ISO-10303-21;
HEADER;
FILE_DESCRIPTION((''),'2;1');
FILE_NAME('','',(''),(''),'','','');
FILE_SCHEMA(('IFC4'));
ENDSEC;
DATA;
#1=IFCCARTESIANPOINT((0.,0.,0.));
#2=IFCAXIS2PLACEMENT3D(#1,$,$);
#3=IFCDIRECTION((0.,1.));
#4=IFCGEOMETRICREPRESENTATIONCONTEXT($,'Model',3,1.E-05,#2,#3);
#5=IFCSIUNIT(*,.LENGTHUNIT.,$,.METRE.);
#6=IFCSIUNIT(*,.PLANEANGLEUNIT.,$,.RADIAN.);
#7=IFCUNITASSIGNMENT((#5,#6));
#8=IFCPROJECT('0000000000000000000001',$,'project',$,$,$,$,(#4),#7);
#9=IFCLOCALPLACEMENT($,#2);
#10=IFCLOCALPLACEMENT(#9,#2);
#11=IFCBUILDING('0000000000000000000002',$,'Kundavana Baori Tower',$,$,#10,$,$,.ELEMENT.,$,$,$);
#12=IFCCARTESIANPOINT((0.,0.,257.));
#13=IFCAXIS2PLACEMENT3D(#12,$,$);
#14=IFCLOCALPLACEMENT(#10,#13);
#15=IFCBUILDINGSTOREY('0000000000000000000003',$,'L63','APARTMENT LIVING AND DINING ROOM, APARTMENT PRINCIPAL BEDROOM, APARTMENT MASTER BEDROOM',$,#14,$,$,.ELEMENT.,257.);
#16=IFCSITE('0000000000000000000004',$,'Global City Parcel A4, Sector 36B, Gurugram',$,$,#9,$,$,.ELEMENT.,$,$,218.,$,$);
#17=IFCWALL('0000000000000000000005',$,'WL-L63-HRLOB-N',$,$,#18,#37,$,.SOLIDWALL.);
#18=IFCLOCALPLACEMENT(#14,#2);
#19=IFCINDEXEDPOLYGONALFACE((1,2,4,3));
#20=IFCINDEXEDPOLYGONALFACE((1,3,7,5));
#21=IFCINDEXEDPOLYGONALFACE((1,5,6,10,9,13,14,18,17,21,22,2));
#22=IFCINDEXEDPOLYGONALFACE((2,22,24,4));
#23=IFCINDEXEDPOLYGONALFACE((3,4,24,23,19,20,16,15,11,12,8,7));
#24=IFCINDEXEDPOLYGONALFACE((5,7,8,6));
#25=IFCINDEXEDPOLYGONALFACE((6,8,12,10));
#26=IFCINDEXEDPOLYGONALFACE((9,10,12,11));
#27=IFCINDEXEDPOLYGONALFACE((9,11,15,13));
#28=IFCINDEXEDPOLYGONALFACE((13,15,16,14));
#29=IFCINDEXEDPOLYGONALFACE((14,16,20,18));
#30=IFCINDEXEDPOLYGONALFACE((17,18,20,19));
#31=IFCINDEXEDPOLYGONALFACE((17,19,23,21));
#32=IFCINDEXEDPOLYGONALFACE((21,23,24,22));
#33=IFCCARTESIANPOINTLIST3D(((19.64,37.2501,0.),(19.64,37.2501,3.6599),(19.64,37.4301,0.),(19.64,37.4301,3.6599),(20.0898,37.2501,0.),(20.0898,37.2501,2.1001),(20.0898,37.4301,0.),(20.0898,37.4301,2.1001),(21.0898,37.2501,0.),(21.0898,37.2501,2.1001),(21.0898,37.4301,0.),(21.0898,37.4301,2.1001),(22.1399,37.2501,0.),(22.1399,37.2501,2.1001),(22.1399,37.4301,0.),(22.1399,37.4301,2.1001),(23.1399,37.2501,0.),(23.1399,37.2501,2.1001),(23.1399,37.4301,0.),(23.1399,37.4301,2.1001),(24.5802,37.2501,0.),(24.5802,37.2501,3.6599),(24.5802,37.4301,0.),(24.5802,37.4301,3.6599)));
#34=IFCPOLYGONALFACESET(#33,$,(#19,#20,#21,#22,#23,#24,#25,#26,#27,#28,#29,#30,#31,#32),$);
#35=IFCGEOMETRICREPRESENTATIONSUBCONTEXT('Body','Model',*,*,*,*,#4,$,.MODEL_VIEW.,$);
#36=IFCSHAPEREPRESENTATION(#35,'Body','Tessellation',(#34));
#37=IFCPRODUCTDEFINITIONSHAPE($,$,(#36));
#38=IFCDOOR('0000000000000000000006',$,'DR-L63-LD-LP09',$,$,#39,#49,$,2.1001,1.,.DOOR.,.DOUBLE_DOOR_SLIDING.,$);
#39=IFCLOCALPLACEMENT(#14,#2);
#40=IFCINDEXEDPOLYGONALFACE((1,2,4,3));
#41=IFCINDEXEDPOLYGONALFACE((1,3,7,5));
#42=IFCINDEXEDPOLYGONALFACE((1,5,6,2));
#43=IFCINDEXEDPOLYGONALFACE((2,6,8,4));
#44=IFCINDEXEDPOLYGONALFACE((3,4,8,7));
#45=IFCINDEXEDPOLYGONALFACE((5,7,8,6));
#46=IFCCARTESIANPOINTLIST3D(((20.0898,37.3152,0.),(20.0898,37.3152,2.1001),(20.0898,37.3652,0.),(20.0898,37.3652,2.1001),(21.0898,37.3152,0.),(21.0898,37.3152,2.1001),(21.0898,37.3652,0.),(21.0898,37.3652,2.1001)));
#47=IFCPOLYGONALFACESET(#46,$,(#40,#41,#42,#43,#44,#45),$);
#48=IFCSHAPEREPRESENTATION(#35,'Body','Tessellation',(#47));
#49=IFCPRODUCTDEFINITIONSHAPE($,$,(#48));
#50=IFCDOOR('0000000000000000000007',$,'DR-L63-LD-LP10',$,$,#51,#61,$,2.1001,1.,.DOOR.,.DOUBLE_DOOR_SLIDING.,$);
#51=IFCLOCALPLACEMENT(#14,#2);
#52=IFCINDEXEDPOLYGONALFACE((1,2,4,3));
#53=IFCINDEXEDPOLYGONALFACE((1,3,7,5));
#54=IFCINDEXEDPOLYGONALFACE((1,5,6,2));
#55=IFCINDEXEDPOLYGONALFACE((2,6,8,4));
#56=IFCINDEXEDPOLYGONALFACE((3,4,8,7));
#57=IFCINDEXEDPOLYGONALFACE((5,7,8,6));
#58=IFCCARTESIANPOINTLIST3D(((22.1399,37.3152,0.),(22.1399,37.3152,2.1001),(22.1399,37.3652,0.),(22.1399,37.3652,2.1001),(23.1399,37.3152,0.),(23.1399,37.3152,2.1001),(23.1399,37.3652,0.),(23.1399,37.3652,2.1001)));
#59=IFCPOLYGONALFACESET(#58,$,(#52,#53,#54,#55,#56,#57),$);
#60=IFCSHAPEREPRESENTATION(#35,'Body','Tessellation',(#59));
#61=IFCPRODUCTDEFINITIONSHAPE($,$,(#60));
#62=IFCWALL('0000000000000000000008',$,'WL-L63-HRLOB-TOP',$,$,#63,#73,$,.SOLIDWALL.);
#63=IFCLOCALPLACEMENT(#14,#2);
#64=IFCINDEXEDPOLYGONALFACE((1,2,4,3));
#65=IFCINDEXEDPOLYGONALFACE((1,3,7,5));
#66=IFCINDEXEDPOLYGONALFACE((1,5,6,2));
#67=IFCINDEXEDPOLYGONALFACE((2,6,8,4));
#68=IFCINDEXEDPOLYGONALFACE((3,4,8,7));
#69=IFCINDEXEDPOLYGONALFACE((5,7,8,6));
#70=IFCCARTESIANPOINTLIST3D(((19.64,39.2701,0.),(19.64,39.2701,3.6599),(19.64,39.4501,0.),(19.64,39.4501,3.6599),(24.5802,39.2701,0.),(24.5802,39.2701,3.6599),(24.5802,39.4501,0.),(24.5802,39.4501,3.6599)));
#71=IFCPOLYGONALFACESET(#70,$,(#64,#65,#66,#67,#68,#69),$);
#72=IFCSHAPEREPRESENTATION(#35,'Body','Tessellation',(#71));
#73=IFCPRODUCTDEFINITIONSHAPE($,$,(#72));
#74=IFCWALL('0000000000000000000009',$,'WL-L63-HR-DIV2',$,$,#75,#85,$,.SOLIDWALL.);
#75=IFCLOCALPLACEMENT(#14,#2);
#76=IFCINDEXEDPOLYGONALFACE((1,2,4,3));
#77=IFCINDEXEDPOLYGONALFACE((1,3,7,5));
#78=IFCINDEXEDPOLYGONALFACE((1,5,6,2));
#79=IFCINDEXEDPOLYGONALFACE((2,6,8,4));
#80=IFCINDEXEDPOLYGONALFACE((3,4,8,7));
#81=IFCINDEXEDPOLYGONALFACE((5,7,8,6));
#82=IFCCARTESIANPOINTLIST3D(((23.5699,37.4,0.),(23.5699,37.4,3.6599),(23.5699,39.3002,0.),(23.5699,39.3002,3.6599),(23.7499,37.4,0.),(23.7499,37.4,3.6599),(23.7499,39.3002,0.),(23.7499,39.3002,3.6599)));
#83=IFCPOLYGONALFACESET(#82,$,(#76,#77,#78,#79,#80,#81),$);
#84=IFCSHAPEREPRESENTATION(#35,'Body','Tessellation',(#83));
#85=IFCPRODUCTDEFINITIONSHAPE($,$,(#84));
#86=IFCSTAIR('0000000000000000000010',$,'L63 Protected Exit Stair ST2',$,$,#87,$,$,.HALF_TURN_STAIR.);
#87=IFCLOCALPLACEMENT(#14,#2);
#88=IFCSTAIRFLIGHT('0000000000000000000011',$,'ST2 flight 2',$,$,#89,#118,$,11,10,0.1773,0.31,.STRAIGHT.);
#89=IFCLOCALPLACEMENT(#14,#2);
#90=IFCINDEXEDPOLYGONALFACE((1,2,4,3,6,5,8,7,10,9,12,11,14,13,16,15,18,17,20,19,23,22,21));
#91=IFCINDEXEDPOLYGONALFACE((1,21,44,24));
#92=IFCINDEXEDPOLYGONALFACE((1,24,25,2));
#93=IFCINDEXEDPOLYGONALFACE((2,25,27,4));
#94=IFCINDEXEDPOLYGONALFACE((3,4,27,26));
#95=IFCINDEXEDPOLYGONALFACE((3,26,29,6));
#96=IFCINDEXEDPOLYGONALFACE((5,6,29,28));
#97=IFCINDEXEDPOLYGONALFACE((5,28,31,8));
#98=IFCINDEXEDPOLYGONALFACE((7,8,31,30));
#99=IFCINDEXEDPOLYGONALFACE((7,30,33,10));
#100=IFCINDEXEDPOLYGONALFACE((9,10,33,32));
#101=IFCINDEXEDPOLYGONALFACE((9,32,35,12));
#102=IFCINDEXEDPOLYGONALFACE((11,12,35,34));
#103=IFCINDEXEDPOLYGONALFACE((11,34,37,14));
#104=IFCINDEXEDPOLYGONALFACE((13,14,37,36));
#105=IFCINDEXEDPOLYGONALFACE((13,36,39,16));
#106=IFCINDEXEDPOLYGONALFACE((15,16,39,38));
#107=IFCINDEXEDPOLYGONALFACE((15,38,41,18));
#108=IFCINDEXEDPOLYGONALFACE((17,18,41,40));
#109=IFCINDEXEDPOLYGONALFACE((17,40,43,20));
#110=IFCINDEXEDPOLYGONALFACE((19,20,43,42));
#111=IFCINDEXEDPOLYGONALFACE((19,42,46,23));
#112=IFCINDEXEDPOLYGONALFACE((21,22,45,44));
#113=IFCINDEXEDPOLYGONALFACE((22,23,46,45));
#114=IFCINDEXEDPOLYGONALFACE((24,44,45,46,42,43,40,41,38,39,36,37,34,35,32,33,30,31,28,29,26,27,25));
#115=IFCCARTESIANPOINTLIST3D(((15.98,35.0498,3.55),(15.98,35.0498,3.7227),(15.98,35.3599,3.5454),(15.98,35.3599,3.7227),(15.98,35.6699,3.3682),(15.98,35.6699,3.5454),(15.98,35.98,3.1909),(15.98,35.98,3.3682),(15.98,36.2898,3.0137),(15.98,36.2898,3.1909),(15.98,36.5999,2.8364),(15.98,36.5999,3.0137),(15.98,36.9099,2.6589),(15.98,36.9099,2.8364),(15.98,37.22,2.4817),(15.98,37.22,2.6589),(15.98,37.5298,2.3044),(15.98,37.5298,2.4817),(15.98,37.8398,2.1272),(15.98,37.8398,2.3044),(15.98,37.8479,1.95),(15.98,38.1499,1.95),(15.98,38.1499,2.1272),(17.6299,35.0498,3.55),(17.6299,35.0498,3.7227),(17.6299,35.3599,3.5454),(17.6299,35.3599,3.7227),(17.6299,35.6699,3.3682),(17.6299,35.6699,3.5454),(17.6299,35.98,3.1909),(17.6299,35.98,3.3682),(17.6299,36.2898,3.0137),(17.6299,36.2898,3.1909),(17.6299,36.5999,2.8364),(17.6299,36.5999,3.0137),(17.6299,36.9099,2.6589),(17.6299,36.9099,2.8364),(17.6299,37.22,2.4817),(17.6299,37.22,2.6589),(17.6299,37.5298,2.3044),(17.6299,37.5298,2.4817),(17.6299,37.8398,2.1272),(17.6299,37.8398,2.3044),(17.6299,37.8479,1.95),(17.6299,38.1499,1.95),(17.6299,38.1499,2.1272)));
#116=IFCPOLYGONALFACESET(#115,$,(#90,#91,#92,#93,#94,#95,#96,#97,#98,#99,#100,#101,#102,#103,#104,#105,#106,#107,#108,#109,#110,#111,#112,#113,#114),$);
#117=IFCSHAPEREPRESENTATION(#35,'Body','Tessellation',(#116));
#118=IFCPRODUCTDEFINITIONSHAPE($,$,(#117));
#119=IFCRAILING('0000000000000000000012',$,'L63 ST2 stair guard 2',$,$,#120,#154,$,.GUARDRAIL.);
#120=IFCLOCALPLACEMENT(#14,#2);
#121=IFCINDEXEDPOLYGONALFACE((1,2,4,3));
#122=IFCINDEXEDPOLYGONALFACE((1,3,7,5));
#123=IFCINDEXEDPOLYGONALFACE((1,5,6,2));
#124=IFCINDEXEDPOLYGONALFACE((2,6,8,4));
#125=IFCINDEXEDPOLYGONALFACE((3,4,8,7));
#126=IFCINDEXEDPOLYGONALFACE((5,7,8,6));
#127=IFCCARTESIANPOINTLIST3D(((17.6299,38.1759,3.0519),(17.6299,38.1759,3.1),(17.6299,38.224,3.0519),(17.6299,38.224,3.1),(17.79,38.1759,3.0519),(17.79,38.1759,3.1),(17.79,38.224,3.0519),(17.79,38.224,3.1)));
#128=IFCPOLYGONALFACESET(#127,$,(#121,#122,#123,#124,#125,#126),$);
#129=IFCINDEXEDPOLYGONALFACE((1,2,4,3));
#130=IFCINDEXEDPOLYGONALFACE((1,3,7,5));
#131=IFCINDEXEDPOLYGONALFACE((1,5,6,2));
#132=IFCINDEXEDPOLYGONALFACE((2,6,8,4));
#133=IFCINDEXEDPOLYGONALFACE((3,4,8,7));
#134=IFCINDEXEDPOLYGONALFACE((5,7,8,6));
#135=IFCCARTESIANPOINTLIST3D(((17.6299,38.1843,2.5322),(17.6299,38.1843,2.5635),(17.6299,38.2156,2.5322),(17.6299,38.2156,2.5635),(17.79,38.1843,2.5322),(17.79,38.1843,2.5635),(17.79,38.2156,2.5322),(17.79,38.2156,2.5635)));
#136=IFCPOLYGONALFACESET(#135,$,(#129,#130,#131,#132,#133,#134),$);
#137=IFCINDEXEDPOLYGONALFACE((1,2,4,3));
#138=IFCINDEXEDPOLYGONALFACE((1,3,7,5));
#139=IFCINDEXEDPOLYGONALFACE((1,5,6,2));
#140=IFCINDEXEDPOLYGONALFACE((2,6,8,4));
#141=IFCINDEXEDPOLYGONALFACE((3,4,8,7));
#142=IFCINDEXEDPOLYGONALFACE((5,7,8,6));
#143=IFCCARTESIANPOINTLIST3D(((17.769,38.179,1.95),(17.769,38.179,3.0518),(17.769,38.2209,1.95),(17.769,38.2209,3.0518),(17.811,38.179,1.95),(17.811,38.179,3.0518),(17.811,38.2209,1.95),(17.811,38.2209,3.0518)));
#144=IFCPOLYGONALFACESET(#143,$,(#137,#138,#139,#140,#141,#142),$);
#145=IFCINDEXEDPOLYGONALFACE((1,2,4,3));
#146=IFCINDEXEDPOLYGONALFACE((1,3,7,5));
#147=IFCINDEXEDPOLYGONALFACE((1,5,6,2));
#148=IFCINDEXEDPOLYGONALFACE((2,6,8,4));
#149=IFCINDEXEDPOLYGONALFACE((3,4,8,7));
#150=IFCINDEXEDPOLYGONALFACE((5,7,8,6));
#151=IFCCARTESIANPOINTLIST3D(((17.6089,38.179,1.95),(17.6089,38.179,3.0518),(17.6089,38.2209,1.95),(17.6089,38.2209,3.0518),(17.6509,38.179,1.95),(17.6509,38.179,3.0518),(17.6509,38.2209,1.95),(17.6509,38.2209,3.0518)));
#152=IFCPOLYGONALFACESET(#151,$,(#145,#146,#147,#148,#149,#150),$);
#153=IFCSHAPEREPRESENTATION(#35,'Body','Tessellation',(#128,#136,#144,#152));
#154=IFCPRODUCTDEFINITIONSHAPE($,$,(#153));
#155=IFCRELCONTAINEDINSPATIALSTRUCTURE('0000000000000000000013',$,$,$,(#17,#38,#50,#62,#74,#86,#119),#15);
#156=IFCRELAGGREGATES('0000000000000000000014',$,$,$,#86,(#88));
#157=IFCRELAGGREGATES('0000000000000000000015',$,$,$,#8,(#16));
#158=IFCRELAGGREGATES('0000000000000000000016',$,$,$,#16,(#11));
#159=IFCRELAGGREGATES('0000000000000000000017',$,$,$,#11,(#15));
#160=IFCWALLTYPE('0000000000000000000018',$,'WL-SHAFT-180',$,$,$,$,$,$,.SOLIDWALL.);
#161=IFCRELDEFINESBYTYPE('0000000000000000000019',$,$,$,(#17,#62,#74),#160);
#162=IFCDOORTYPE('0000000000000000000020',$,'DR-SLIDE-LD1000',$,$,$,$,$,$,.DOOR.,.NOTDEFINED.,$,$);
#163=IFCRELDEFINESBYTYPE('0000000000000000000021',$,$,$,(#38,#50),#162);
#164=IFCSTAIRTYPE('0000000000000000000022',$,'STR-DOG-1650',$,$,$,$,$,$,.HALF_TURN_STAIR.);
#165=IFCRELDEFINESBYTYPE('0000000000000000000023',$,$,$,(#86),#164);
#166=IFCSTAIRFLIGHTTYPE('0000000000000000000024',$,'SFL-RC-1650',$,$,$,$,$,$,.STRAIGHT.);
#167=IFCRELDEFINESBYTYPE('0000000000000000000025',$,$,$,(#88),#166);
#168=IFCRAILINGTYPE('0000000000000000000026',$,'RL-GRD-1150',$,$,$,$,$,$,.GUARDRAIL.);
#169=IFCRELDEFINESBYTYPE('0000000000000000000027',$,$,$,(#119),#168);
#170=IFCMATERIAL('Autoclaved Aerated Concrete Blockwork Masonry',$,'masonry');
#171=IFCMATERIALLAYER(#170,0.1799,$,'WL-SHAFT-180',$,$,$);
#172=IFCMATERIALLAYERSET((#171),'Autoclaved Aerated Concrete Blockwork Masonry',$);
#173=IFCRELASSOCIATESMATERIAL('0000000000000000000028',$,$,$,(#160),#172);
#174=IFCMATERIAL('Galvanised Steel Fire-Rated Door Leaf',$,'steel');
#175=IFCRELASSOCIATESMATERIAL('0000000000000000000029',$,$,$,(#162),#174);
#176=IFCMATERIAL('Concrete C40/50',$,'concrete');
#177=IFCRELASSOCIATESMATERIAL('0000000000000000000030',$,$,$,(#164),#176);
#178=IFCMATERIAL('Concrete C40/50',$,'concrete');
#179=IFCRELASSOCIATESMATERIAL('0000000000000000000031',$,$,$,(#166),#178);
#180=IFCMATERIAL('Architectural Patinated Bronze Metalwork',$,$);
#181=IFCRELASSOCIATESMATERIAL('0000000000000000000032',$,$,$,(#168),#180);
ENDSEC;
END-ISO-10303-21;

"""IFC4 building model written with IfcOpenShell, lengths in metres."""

from ifc_helpers import new_model, si_unit, direction, frame, frame_2d, origin, origin_2d, place, context, subcontext, project, spatial, polyline, rectangle, outline, extrude, material, layer, layer_set, type_object, element, fill, aggregate, save


model = new_model("IFC4")

# Units and contexts
model_context = context("Model", 3, precision=1e-05, world=origin(), true_north=direction((0.0, 1.0)))
body_context = subcontext(model_context, "Body", "Model", "MODEL_VIEW")
ifc_project = project(units=[si_unit("LENGTHUNIT", "METRE"), si_unit("PLANEANGLEUNIT", "RADIAN")], contexts=[model_context])

# Site, building, storey
site_placement = place(None, origin())
site = spatial("IfcSite", under=ifc_project, at=site_placement, Name="Global City Parcel A4, Sector 36B, Gurugram", CompositionType="ELEMENT", RefElevation=218.0)
building_placement = place(site_placement, origin())
building = spatial("IfcBuilding", under=site, at=building_placement, Name="Kundavana Baori Tower", CompositionType="ELEMENT")
storey_placement = place(building_placement, frame((0.0, 0.0, 257.0)))
storey = spatial("IfcBuildingStorey", under=building, at=storey_placement, Name="L63", Description="APARTMENT LIVING AND DINING ROOM, APARTMENT PRINCIPAL BEDROOM, APARTMENT MASTER BEDROOM", CompositionType="ELEMENT", Elevation=257.0)

# Wall, openings, doors
ifc_material_1 = material(Name="Autoclaved Aerated Concrete Blockwork Masonry", Category="masonry")
ifc_layer_1 = layer(ifc_material_1, 0.1799, Name="WL-SHAFT-180")
ifc_layer_set_1 = layer_set([ifc_layer_1], Name="Autoclaved Aerated Concrete Blockwork Masonry")
wall_type_1 = type_object("IfcWallType", Name="WL-SHAFT-180", PredefinedType="SOLIDWALL", material=ifc_layer_set_1)
wall_1_placement = place(storey_placement, frame((19.6399, 37.3401, 0.0), z_axis=(0.0, 0.0, 1.0), x_axis=(1.0, 0.0, 0.0)))
wall_1 = element("IfcWall", 1, at=wall_1_placement, inside=storey, type_object=wall_type_1, Name="WL-L63-HRLOB-N", PredefinedType="SOLIDWALL", context=body_context, shape_type="SweptSolid", body=[
    extrude(rectangle(XDim=4.9402, YDim=0.1799, at=frame_2d((2.4702, 0.0))), origin(), (0.0, 0.0, 1.0), 3.6599),
])
opening_1_placement = place(wall_1_placement, frame((0.45, 0.0, 0.0)))
opening_1 = element("IfcOpeningElement", 2, at=opening_1_placement, cuts=wall_1, PredefinedType="OPENING", context=body_context, shape_type="SweptSolid", body=[
    extrude(rectangle(XDim=1.0, YDim=2.1001, at=frame_2d((0.5, 1.05))), frame((0.0, 0.1001, 0.0), z_axis=(0.0, -1.0, 0.0), x_axis=(1.0, 0.0, 0.0)), (0.0, 0.0, 1.0), 0.2),
])
opening_2_placement = place(wall_1_placement, frame((2.5, 0.0, 0.0)))
opening_2 = element("IfcOpeningElement", 3, at=opening_2_placement, cuts=wall_1, PredefinedType="OPENING", context=body_context, shape_type="SweptSolid", body=[
    extrude(rectangle(XDim=1.0, YDim=2.1001, at=frame_2d((0.5, 1.05))), frame((0.0, 0.1001, 0.0), z_axis=(0.0, -1.0, 0.0), x_axis=(1.0, 0.0, 0.0)), (0.0, 0.0, 1.0), 0.2),
])
ifc_material_2 = material(Name="Galvanised Steel Fire-Rated Door Leaf", Category="steel")
door_type = type_object("IfcDoorType", Name="DR-SLIDE-LD1000", OperationType="NOTDEFINED", PredefinedType="DOOR", material=ifc_material_2)
door_1_placement = place(opening_1_placement, frame((1.0, 0.0, 0.0), z_axis=(0.0, 0.0, 1.0), x_axis=(-1.0, 0.0, 0.0)))
door_1 = element("IfcDoor", 4, at=door_1_placement, inside=storey, type_object=door_type, Name="DR-L63-LD-LP09", OperationType="DOUBLE_DOOR_SLIDING", OverallHeight=2.1001, OverallWidth=1.0, PredefinedType="DOOR", context=body_context, shape_type="SweptSolid", body=[
    extrude(rectangle(XDim=1.0, YDim=2.1001, at=frame_2d((0.5, 1.05))), frame((0.0, 0.0249, 0.0), z_axis=(0.0, -1.0, 0.0), x_axis=(1.0, 0.0, 0.0)), (0.0, 0.0, 1.0), 0.05),
])
fill(opening_1, door_1)
door_2_placement = place(opening_2_placement, frame((1.0, 0.0, 0.0), z_axis=(0.0, 0.0, 1.0), x_axis=(-1.0, 0.0, 0.0)))
door_2 = element("IfcDoor", 5, at=door_2_placement, inside=storey, type_object=door_type, Name="DR-L63-LD-LP10", OperationType="DOUBLE_DOOR_SLIDING", OverallHeight=2.1001, OverallWidth=1.0, PredefinedType="DOOR", context=body_context, shape_type="SweptSolid", body=[
    extrude(rectangle(XDim=1.0, YDim=2.1001, at=frame_2d((0.5, 1.05))), frame((0.0, 0.0249, 0.0), z_axis=(0.0, -1.0, 0.0), x_axis=(1.0, 0.0, 0.0)), (0.0, 0.0, 1.0), 0.05),
])
fill(opening_2, door_2)

# Walls
wall_2_placement = place(storey_placement, frame((19.6399, 39.3601, 0.0), z_axis=(0.0, 0.0, 1.0), x_axis=(1.0, 0.0, 0.0)))
element("IfcWall", 6, at=wall_2_placement, inside=storey, type_object=wall_type_1, Name="WL-L63-HRLOB-TOP", PredefinedType="SOLIDWALL", context=body_context, shape_type="SweptSolid", body=[
    extrude(rectangle(XDim=4.9402, YDim=0.1799, at=frame_2d((2.4702, 0.0))), origin(), (0.0, 0.0, 1.0), 3.6599),
])
wall_3_placement = place(storey_placement, frame((23.6599, 37.3999, 0.0), z_axis=(0.0, 0.0, 1.0), x_axis=(0.0, 1.0, 0.0)))
element("IfcWall", 7, at=wall_3_placement, inside=storey, type_object=wall_type_1, Name="WL-L63-HR-DIV2", PredefinedType="SOLIDWALL", context=body_context, shape_type="SweptSolid", body=[
    extrude(rectangle(XDim=1.9001, YDim=0.1799, at=frame_2d((0.9502, 0.0))), origin(), (0.0, 0.0, 1.0), 3.6599),
])

# Stair, stair flight
ifc_material_3 = material(Name="Concrete C40/50", Category="concrete")
stair_type = type_object("IfcStairType", Name="STR-DOG-1650", PredefinedType="HALF_TURN_STAIR", material=ifc_material_3)
stair_placement = place(storey_placement, origin())
stair = element("IfcStair", 8, at=stair_placement, inside=storey, type_object=stair_type, Name="L63 Protected Exit Stair ST2", PredefinedType="HALF_TURN_STAIR")
ifc_material_4 = material(Name="Concrete C40/50", Category="concrete")
stair_flight_type = type_object("IfcStairFlightType", Name="SFL-RC-1650", PredefinedType="STRAIGHT", material=ifc_material_4)
stair_flight_placement = place(storey_placement, frame((16.8049, 38.1499, 1.95), z_axis=(0.0, 0.0, 1.0), x_axis=(0.0, -1.0, 0.0)))
stair_flight = element("IfcStairFlight", 9, at=stair_flight_placement, type_object=stair_flight_type, Name="ST2 flight 2", NumberOfRisers=11, NumberOfTreads=10, PredefinedType="STRAIGHT", RiserHeight=0.1773, TreadLength=0.31, context=body_context, shape_type="SweptSolid", body=[
    extrude(outline(polyline([(0.0, 0.0), (0.0, 0.1772), (0.3101, 0.1772), (0.3101, 0.3545), (0.6201, 0.3545), (0.6201, 0.5317), (0.9299, 0.5317), (0.9299, 0.709), (1.24, 0.709), (1.24, 0.8865), (1.55, 0.8865), (1.55, 1.0637), (1.8601, 1.0637), (1.8601, 1.241), (2.1699, 1.241), (2.1699, 1.4182), (2.48, 1.4182), (2.48, 1.5955), (2.79, 1.5955), (2.79, 1.7727), (3.1001, 1.7727), (3.1001, 1.95), (3.1001, 1.6001), (0.302, 0.0), (0.0, 0.0)])), frame((0.0, 0.825, 0.0), z_axis=(0.0, -1.0, 0.0), x_axis=(1.0, 0.0, 0.0)), (0.0, 0.0, 1.0), 1.6499),
])
aggregate(stair, [stair_flight])

# Railing
ifc_material_5 = material(Name="Architectural Patinated Bronze Metalwork")
railing_type_1 = type_object("IfcRailingType", Name="RL-GRD-1150", PredefinedType="GUARDRAIL", material=ifc_material_5)
railing_1_placement = place(storey_placement, frame((17.79, 38.2, 1.95)))
element("IfcRailing", 10, at=railing_1_placement, inside=storey, type_object=railing_type_1, Name="L63 ST2 stair guard 2", PredefinedType="GUARDRAIL", context=body_context, shape_type="SweptSolid", body=[
    extrude(rectangle(XDim=0.0481, YDim=0.0481, at=origin_2d()), frame((0.0, 0.0, 1.126), z_axis=(-1.0, 0.0, 0.0), x_axis=(0.0, -1.0, 0.0)), (0.0, 0.0, 1.0), 0.1602),
    extrude(rectangle(XDim=0.0312, YDim=0.0312, at=origin_2d()), frame((0.0, 0.0, 0.5979), z_axis=(-1.0, 0.0, 0.0), x_axis=(0.0, -1.0, 0.0)), (0.0, 0.0, 1.0), 0.1602),
    extrude(rectangle(XDim=0.042, YDim=0.042, at=origin_2d()), origin(), (0.0, 0.0, 1.0), 1.1018),
    extrude(rectangle(XDim=0.042, YDim=0.042, at=origin_2d()), frame((-0.1602, 0.0, 0.0)), (0.0, 0.0, 1.0), 1.1018),
])

save(model, "model.ifc")
